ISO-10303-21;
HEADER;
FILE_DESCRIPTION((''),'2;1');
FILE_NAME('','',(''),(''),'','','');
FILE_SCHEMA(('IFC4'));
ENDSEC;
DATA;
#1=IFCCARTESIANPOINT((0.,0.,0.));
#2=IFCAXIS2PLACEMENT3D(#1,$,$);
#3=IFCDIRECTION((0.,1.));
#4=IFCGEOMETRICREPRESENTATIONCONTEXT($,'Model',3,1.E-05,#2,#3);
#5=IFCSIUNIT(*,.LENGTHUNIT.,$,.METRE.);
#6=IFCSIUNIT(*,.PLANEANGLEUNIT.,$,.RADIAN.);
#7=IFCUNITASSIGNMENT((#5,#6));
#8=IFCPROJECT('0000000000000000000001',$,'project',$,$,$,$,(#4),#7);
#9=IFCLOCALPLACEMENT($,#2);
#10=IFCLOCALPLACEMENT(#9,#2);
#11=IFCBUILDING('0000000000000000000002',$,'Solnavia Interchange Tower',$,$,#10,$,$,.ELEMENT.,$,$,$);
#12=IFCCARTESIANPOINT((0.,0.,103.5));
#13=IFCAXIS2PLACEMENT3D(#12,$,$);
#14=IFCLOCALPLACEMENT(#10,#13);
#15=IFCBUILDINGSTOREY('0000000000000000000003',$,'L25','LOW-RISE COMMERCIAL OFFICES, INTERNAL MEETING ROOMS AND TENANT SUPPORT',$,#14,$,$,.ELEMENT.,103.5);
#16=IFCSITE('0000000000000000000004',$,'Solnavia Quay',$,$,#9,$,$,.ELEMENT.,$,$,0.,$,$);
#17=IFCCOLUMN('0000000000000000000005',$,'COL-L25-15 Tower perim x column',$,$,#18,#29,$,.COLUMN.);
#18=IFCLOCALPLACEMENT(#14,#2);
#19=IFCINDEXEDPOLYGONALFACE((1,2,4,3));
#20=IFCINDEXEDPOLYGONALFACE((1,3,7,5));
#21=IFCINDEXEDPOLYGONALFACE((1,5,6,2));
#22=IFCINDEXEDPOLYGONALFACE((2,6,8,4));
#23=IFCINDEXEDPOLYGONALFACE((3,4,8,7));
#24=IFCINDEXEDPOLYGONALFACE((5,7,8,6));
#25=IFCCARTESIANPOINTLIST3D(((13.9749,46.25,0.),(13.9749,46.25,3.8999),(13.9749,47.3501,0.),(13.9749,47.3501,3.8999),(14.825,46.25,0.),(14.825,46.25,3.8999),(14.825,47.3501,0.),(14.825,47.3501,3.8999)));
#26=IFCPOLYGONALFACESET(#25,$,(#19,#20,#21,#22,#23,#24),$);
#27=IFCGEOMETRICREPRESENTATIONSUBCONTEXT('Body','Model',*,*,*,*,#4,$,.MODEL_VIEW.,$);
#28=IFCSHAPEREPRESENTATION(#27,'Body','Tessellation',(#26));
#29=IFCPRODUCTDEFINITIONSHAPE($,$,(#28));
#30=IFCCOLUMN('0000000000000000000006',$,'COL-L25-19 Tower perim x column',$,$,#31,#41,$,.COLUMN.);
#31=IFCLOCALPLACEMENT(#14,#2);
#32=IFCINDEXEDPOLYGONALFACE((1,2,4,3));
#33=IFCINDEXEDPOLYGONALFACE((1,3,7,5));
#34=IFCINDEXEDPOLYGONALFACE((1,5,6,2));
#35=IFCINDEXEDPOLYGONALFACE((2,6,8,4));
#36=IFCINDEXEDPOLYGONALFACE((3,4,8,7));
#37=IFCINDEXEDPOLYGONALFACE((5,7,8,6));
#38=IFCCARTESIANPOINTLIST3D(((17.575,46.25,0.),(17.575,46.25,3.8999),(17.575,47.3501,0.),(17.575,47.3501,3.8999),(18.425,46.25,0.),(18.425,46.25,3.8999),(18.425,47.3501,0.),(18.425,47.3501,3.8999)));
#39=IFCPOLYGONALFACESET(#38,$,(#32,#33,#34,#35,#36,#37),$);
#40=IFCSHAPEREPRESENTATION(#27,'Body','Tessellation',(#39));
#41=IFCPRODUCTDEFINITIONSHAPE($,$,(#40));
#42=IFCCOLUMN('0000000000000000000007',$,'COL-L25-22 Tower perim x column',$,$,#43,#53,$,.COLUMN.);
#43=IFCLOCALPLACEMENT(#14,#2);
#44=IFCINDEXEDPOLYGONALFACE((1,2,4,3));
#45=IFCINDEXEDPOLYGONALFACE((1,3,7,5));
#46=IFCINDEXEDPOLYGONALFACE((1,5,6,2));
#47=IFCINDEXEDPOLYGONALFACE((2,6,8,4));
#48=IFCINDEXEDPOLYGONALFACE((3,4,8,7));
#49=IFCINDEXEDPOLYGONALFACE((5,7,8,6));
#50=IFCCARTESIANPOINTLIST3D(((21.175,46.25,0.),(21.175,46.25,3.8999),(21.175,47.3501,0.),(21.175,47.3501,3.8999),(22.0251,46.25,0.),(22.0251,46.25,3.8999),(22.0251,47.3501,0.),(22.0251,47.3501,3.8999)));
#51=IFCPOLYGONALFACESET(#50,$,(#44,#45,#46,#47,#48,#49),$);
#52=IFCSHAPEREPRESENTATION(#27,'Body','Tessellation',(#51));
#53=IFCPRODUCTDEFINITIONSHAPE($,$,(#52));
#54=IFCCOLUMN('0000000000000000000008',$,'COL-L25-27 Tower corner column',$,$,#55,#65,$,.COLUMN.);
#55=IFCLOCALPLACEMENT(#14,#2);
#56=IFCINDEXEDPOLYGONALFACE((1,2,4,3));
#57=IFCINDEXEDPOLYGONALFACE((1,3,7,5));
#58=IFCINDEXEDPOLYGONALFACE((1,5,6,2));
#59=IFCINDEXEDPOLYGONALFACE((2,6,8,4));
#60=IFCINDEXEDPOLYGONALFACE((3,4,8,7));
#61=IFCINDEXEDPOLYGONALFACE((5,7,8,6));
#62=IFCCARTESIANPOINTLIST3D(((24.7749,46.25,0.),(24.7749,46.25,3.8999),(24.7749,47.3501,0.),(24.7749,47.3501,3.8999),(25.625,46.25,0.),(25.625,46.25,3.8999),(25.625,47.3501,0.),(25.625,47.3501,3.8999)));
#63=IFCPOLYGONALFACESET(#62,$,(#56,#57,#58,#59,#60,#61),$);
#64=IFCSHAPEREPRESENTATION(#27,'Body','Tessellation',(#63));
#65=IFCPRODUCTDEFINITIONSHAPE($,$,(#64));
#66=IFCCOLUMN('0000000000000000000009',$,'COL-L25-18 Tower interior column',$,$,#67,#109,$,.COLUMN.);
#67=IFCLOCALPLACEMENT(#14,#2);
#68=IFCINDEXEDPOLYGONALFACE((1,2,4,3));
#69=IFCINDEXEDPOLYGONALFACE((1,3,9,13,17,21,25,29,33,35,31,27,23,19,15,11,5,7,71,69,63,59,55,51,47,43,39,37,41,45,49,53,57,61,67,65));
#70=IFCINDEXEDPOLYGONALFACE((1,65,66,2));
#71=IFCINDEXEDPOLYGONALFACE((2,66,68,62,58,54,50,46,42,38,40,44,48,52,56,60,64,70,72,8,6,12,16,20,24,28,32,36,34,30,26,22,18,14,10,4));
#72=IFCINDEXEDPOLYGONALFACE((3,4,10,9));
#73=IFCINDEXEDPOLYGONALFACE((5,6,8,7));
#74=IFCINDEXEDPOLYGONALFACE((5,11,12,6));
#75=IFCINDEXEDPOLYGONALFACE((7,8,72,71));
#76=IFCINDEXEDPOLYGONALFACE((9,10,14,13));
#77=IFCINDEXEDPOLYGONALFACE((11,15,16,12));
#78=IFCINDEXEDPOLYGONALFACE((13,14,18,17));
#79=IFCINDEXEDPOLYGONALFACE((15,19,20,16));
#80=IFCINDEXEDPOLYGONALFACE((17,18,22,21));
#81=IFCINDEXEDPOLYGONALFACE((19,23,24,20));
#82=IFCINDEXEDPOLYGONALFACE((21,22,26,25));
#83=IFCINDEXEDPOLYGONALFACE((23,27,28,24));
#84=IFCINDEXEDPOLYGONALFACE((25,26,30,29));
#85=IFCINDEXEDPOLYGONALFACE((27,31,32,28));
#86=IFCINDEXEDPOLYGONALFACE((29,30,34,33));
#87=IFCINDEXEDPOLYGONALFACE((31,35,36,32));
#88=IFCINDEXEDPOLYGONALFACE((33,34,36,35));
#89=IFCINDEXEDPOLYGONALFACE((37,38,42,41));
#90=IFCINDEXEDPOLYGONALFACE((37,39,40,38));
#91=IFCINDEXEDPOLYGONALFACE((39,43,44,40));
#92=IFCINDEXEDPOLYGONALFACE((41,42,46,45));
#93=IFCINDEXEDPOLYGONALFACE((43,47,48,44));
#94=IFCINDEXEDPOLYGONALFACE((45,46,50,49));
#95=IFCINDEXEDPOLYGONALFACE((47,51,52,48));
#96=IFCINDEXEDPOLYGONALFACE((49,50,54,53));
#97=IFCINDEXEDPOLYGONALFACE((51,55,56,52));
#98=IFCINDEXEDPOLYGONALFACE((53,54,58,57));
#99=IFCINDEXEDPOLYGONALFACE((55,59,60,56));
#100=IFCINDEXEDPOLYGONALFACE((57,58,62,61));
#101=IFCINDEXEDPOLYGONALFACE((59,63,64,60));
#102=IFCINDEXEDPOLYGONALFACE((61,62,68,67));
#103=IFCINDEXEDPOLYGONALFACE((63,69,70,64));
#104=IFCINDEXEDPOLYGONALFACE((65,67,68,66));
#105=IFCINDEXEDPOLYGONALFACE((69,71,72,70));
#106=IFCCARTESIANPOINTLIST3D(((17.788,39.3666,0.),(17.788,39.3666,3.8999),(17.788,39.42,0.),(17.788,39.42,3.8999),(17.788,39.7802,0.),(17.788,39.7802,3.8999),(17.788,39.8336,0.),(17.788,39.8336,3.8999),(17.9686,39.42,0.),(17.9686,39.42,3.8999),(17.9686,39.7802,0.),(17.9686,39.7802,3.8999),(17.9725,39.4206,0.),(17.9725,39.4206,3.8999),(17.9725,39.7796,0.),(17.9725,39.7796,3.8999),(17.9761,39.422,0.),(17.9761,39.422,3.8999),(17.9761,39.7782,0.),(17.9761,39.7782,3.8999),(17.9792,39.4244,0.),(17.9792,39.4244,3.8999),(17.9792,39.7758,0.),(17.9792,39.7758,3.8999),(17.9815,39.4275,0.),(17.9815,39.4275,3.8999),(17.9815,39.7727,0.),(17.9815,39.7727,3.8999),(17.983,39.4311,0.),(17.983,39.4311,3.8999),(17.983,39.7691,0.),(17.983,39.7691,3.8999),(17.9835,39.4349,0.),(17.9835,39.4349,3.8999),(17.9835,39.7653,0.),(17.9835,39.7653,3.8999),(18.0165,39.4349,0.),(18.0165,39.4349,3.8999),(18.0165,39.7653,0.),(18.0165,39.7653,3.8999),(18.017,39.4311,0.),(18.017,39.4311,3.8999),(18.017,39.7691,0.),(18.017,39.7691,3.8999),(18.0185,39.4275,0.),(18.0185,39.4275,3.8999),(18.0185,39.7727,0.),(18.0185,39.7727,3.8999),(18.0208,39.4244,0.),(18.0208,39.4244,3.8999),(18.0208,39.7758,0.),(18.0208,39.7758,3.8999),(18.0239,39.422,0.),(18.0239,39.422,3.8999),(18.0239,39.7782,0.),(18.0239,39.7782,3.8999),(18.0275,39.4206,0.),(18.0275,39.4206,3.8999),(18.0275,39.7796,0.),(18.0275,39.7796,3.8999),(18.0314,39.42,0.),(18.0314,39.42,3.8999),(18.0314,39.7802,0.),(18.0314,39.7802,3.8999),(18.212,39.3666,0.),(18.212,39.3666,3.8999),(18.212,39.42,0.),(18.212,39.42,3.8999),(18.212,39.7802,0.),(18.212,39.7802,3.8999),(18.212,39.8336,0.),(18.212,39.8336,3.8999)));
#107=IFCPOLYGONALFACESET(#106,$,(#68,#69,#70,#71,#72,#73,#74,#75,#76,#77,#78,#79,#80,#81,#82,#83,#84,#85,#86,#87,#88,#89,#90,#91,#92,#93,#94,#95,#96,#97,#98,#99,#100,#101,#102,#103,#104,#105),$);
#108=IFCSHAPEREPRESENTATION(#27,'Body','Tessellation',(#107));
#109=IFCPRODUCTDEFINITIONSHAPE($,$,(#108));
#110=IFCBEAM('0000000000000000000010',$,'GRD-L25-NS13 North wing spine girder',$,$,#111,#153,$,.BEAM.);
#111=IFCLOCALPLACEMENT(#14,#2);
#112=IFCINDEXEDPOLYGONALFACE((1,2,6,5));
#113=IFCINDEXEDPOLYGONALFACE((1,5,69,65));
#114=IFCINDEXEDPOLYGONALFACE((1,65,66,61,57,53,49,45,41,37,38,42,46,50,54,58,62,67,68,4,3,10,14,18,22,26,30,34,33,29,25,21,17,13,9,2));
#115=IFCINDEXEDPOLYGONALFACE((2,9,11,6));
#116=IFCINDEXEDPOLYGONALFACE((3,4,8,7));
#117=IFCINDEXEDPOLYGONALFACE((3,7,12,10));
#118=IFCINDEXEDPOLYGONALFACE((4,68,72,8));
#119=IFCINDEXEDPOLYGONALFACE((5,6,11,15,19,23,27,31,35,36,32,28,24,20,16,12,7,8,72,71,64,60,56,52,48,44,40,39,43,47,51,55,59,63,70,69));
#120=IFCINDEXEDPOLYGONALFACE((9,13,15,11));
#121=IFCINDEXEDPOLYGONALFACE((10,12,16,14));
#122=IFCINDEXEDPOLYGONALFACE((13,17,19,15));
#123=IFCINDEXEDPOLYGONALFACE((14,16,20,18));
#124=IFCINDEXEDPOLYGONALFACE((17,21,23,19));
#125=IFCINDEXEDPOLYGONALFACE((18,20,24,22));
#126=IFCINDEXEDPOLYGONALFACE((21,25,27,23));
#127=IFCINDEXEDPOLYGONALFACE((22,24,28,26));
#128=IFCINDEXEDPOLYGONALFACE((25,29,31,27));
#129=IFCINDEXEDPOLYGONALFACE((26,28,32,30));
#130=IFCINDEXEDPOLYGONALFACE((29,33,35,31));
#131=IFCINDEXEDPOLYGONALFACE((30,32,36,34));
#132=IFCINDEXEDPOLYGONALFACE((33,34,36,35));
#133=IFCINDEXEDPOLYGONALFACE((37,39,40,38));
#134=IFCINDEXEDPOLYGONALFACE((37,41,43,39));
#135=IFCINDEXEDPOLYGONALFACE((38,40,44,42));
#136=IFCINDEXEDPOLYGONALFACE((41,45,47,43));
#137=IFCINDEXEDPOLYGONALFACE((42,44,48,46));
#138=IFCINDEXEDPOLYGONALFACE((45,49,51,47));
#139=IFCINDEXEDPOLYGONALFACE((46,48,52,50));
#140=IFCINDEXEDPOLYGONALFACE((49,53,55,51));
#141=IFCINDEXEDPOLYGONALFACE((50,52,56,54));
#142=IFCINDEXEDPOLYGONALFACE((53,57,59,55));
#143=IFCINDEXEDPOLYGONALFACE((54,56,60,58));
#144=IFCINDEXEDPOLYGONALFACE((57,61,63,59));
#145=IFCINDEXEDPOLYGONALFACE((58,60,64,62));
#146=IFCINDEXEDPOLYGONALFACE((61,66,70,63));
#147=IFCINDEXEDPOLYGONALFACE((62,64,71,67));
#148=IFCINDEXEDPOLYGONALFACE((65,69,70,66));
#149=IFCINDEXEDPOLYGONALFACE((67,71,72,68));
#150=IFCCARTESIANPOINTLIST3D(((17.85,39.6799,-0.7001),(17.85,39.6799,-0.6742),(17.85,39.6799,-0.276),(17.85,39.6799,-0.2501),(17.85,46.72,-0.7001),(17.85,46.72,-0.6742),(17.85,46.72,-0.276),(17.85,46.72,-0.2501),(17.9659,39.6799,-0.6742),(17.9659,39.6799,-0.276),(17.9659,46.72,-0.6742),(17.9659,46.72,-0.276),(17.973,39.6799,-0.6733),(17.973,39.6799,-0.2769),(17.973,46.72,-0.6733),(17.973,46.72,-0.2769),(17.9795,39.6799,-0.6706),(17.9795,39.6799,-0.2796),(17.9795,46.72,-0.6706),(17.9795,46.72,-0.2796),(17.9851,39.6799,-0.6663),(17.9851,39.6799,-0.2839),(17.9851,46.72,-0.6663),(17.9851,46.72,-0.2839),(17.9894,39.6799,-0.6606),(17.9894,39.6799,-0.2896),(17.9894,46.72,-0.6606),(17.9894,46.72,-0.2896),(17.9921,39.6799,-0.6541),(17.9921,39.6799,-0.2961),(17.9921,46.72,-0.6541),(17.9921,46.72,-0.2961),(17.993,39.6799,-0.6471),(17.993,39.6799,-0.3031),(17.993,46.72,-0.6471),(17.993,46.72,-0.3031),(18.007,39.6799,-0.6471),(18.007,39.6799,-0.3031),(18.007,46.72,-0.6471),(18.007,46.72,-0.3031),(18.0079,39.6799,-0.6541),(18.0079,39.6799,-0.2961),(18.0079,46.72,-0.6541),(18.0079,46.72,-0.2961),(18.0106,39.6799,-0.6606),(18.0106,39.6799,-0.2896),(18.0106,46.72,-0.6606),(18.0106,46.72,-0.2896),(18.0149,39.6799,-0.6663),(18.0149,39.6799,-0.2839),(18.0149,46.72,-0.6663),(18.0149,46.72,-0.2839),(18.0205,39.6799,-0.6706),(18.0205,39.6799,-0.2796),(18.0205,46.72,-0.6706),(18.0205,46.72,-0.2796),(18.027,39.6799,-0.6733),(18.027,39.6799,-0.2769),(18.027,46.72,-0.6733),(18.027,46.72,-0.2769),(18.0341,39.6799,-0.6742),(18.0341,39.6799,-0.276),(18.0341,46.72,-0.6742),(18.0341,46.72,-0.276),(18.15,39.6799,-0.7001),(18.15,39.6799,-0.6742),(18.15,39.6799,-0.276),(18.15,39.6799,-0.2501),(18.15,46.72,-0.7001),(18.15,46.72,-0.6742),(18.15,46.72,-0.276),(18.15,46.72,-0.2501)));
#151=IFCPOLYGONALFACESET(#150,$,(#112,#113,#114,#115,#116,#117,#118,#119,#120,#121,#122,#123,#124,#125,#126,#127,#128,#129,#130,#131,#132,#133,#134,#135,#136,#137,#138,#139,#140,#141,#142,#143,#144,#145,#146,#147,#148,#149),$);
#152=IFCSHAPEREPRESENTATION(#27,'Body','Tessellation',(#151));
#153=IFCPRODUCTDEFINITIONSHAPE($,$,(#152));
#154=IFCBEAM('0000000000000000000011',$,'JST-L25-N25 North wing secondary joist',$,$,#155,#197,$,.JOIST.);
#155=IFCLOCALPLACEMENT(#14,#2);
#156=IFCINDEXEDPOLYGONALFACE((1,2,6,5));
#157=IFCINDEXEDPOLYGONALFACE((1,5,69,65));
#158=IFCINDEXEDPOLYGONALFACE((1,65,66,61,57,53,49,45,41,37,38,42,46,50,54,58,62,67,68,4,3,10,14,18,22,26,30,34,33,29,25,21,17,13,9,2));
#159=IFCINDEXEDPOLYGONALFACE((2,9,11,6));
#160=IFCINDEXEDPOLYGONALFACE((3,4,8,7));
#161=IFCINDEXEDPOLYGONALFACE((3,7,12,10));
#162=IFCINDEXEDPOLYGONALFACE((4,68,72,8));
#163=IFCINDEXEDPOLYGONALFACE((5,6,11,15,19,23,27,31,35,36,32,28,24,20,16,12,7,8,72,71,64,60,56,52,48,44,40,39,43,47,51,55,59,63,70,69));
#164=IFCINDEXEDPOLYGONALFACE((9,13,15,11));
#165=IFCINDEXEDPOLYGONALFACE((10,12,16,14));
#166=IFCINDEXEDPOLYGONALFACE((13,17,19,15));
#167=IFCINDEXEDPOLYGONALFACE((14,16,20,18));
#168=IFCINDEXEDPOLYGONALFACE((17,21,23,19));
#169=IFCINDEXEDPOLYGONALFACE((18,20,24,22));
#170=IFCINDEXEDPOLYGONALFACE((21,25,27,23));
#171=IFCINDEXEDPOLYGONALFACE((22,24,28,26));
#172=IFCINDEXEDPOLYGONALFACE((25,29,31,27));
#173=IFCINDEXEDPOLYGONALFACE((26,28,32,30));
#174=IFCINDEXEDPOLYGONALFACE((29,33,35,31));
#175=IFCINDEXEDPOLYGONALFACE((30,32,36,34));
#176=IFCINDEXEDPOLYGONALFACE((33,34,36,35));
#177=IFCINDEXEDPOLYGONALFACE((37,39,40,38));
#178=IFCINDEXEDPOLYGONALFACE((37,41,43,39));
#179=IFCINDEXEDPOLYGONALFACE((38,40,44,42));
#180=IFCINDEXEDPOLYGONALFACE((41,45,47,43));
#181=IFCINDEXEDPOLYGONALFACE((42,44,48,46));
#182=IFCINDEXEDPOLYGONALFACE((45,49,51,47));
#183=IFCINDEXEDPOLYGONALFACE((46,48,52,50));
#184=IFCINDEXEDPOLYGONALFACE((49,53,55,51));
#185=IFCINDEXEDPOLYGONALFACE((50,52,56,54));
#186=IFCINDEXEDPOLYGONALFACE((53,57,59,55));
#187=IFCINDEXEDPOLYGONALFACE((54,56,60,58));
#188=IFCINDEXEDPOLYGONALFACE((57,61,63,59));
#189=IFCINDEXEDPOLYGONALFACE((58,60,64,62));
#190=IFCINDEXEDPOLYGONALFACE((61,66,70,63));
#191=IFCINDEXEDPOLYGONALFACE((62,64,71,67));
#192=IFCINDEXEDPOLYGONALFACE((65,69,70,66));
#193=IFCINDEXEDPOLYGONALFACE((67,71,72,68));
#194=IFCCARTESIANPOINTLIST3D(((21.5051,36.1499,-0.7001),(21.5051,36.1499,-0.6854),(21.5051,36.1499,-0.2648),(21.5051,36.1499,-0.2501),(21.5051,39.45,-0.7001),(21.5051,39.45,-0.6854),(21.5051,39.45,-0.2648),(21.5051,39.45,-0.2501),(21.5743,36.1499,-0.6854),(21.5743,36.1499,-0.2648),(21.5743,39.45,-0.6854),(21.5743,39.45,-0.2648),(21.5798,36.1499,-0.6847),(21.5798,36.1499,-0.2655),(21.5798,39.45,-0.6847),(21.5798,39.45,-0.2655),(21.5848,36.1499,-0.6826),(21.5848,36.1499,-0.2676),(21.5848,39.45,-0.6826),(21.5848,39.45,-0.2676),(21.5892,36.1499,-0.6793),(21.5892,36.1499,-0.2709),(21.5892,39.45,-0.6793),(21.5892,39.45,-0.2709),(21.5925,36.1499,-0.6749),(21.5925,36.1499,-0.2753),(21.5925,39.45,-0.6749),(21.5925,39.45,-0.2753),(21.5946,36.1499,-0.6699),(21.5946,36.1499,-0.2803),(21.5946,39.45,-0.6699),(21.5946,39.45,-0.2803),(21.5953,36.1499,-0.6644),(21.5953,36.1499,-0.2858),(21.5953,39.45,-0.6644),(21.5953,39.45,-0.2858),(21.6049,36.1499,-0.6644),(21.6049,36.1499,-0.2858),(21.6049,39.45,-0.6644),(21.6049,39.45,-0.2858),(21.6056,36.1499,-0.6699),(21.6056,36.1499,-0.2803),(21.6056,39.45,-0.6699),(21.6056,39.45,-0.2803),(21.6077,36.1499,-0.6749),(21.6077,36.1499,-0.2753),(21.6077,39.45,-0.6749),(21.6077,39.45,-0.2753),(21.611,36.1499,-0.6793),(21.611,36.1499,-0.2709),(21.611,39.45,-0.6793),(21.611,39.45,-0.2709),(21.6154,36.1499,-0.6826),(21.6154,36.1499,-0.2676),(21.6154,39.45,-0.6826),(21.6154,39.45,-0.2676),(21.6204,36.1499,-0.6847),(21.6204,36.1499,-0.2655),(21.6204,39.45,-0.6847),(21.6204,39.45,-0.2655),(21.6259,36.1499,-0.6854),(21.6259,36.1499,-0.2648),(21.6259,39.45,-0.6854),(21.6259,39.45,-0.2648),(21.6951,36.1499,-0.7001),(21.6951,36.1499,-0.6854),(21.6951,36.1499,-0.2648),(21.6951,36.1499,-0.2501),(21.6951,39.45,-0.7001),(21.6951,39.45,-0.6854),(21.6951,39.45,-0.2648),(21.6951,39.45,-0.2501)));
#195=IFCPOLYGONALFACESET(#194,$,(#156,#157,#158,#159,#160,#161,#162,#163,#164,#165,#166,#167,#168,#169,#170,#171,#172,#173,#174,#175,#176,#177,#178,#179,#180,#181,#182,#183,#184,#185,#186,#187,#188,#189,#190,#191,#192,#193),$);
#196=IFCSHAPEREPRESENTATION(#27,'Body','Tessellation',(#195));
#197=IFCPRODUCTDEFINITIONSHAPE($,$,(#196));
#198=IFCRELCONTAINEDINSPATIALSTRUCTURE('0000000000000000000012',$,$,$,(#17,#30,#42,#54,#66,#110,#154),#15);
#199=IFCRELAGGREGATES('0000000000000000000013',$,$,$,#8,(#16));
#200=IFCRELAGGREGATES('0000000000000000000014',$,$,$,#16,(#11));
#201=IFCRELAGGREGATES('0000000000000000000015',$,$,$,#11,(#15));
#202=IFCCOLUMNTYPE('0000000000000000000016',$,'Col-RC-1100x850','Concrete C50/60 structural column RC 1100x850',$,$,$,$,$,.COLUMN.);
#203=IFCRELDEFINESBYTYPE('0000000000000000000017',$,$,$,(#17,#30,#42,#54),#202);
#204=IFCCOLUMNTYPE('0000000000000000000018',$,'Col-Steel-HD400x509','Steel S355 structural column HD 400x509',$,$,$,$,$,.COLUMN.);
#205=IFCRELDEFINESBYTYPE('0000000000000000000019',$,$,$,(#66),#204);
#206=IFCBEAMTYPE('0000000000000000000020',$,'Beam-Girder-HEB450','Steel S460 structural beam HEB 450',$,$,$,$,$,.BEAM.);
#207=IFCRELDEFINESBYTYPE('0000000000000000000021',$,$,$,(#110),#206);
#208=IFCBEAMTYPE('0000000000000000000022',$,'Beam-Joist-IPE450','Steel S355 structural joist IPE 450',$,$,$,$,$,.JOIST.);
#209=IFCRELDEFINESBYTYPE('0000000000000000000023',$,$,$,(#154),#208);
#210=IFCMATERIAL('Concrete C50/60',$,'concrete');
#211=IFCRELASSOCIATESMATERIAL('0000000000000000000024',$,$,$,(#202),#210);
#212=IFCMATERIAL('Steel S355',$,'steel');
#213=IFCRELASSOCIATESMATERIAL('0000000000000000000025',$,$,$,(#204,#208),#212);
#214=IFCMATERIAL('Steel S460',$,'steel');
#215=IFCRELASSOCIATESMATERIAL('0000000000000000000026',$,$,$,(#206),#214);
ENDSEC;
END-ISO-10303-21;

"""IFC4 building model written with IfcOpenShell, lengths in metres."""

from ifc_helpers import new_model, si_unit, direction, frame, origin, origin_2d, place, context, subcontext, project, spatial, rectangle, i_section, extrude, material, material_profile, profile_set, type_object, element, save


model = new_model("IFC4")

# Units and contexts
model_context = context("Model", 3, precision=1e-05, world=origin(), true_north=direction((0.0, 1.0)))
body_context = subcontext(model_context, "Body", "Model", "MODEL_VIEW")
ifc_project = project(units=[si_unit("LENGTHUNIT", "METRE"), si_unit("PLANEANGLEUNIT", "RADIAN")], contexts=[model_context])

# Site, building, storey
site_placement = place(None, origin())
site = spatial("IfcSite", under=ifc_project, at=site_placement, Name="Solnavia Quay", CompositionType="ELEMENT", RefElevation=0.0)
building_placement = place(site_placement, origin())
building = spatial("IfcBuilding", under=site, at=building_placement, Name="Solnavia Interchange Tower", CompositionType="ELEMENT")
storey_placement = place(building_placement, frame((0.0, 0.0, 103.5)))
storey = spatial("IfcBuildingStorey", under=building, at=storey_placement, Name="L25", Description="LOW-RISE COMMERCIAL OFFICES, INTERNAL MEETING ROOMS AND TENANT SUPPORT", CompositionType="ELEMENT", Elevation=103.5)

# Columns
ifc_material_1 = material(Name="Concrete C50/60", Category="concrete")
ifc_material_profile_1 = material_profile(ifc_material_1, rectangle(XDim=0.8501, YDim=1.1001, at=origin_2d()), Name="RC 1100x850")
ifc_profile_set_1 = profile_set([ifc_material_profile_1], Name="Concrete C50/60")
column_type_1 = type_object("IfcColumnType", Name="Col-RC-1100x850", Description="Concrete C50/60 structural column RC 1100x850", PredefinedType="COLUMN", material=ifc_profile_set_1)
for number, where, z_axis, x_axis, name in (
    (1, (14.3999, 46.8, 0.0), (0.0, 0.0, 1.0), (1.0, 0.0, 0.0), "COL-L25-15 Tower perim x column"),
    (2, (18.0, 46.8, 0.0), (0.0, 0.0, 1.0), (1.0, 0.0, 0.0), "COL-L25-19 Tower perim x column"),
    (3, (21.6001, 46.8, 0.0), (0.0, 0.0, 1.0), (1.0, 0.0, 0.0), "COL-L25-22 Tower perim x column"),
    (4, (25.2, 46.8, 0.0), (0.0, 0.0, 1.0), (1.0, 0.0, 0.0), "COL-L25-27 Tower corner column"),
):
    element("IfcColumn", number, at=place(storey_placement, frame(where, z_axis=z_axis, x_axis=x_axis)), inside=storey, type_object=column_type_1, Name=name, PredefinedType="COLUMN", context=body_context, shape_type="SweptSolid", body=[
        extrude(rectangle(XDim=0.8501, YDim=1.1001, at=origin_2d()), origin(), (0.0, 0.0, 1.0), 3.8999),
    ])
ifc_material_2 = material(Name="Steel S355", Category="steel")
ifc_material_profile_2 = material_profile(ifc_material_2, i_section(OverallWidth=0.4241, OverallDepth=0.467, WebThickness=0.033, FlangeThickness=0.0535, FilletRadius=0.0149, at=origin_2d()), Name="HD 400x509")
ifc_profile_set_2 = profile_set([ifc_material_profile_2], Name="Steel S355")
column_type_2 = type_object("IfcColumnType", Name="Col-Steel-HD400x509", Description="Steel S355 structural column HD 400x509", PredefinedType="COLUMN", material=ifc_profile_set_2)
column_placement = place(storey_placement, frame((18.0, 39.6001, 0.0), z_axis=(0.0, 0.0, 1.0), x_axis=(1.0, 0.0, 0.0)))
element("IfcColumn", 5, at=column_placement, inside=storey, type_object=column_type_2, Name="COL-L25-18 Tower interior column", PredefinedType="COLUMN", context=body_context, shape_type="SweptSolid", body=[
    extrude(i_section(OverallWidth=0.4241, OverallDepth=0.467, WebThickness=0.033, FlangeThickness=0.0535, FilletRadius=0.0149, at=origin_2d()), origin(), (0.0, 0.0, 1.0), 3.8999),
])

# Beams
ifc_material_3 = material(Name="Steel S460", Category="steel")
ifc_material_profile_3 = material_profile(ifc_material_3, i_section(OverallWidth=0.3, OverallDepth=0.45, WebThickness=0.0139, FlangeThickness=0.0259, FilletRadius=0.0271, at=origin_2d()), Name="HEB 450")
ifc_profile_set_3 = profile_set([ifc_material_profile_3], Name="Steel S460")
beam_type_1 = type_object("IfcBeamType", Name="Beam-Girder-HEB450", Description="Steel S460 structural beam HEB 450", PredefinedType="BEAM", material=ifc_profile_set_3)
beam_1_placement = place(storey_placement, frame((18.0, 39.6799, -0.4751), z_axis=(0.0, 1.0, 0.0), x_axis=(-1.0, 0.0, 0.0)))
element("IfcBeam", 6, at=beam_1_placement, inside=storey, type_object=beam_type_1, Name="GRD-L25-NS13 North wing spine girder", PredefinedType="BEAM", context=body_context, shape_type="SweptSolid", body=[
    extrude(i_section(OverallWidth=0.3, OverallDepth=0.45, WebThickness=0.0139, FlangeThickness=0.0259, FilletRadius=0.0271, at=origin_2d()), origin(), (0.0, 0.0, 1.0), 7.04),
])
ifc_material_profile_4 = material_profile(ifc_material_2, i_section(OverallWidth=0.1899, OverallDepth=0.45, WebThickness=0.0095, FlangeThickness=0.0146, FilletRadius=0.021, at=origin_2d()), Name="IPE 450")
ifc_profile_set_4 = profile_set([ifc_material_profile_4], Name="Steel S355")
beam_type_2 = type_object("IfcBeamType", Name="Beam-Joist-IPE450", Description="Steel S355 structural joist IPE 450", PredefinedType="JOIST", material=ifc_profile_set_4)
beam_2_placement = place(storey_placement, frame((21.6001, 36.1499, -0.4751), z_axis=(0.0, 1.0, 0.0), x_axis=(-1.0, 0.0, 0.0)))
element("IfcBeam", 7, at=beam_2_placement, inside=storey, type_object=beam_type_2, Name="JST-L25-N25 North wing secondary joist", PredefinedType="JOIST", context=body_context, shape_type="SweptSolid", body=[
    extrude(i_section(OverallWidth=0.1899, OverallDepth=0.45, WebThickness=0.0095, FlangeThickness=0.0146, FilletRadius=0.021, at=origin_2d()), origin(), (0.0, 0.0, 1.0), 3.3),
])

save(model, "model.ifc")
